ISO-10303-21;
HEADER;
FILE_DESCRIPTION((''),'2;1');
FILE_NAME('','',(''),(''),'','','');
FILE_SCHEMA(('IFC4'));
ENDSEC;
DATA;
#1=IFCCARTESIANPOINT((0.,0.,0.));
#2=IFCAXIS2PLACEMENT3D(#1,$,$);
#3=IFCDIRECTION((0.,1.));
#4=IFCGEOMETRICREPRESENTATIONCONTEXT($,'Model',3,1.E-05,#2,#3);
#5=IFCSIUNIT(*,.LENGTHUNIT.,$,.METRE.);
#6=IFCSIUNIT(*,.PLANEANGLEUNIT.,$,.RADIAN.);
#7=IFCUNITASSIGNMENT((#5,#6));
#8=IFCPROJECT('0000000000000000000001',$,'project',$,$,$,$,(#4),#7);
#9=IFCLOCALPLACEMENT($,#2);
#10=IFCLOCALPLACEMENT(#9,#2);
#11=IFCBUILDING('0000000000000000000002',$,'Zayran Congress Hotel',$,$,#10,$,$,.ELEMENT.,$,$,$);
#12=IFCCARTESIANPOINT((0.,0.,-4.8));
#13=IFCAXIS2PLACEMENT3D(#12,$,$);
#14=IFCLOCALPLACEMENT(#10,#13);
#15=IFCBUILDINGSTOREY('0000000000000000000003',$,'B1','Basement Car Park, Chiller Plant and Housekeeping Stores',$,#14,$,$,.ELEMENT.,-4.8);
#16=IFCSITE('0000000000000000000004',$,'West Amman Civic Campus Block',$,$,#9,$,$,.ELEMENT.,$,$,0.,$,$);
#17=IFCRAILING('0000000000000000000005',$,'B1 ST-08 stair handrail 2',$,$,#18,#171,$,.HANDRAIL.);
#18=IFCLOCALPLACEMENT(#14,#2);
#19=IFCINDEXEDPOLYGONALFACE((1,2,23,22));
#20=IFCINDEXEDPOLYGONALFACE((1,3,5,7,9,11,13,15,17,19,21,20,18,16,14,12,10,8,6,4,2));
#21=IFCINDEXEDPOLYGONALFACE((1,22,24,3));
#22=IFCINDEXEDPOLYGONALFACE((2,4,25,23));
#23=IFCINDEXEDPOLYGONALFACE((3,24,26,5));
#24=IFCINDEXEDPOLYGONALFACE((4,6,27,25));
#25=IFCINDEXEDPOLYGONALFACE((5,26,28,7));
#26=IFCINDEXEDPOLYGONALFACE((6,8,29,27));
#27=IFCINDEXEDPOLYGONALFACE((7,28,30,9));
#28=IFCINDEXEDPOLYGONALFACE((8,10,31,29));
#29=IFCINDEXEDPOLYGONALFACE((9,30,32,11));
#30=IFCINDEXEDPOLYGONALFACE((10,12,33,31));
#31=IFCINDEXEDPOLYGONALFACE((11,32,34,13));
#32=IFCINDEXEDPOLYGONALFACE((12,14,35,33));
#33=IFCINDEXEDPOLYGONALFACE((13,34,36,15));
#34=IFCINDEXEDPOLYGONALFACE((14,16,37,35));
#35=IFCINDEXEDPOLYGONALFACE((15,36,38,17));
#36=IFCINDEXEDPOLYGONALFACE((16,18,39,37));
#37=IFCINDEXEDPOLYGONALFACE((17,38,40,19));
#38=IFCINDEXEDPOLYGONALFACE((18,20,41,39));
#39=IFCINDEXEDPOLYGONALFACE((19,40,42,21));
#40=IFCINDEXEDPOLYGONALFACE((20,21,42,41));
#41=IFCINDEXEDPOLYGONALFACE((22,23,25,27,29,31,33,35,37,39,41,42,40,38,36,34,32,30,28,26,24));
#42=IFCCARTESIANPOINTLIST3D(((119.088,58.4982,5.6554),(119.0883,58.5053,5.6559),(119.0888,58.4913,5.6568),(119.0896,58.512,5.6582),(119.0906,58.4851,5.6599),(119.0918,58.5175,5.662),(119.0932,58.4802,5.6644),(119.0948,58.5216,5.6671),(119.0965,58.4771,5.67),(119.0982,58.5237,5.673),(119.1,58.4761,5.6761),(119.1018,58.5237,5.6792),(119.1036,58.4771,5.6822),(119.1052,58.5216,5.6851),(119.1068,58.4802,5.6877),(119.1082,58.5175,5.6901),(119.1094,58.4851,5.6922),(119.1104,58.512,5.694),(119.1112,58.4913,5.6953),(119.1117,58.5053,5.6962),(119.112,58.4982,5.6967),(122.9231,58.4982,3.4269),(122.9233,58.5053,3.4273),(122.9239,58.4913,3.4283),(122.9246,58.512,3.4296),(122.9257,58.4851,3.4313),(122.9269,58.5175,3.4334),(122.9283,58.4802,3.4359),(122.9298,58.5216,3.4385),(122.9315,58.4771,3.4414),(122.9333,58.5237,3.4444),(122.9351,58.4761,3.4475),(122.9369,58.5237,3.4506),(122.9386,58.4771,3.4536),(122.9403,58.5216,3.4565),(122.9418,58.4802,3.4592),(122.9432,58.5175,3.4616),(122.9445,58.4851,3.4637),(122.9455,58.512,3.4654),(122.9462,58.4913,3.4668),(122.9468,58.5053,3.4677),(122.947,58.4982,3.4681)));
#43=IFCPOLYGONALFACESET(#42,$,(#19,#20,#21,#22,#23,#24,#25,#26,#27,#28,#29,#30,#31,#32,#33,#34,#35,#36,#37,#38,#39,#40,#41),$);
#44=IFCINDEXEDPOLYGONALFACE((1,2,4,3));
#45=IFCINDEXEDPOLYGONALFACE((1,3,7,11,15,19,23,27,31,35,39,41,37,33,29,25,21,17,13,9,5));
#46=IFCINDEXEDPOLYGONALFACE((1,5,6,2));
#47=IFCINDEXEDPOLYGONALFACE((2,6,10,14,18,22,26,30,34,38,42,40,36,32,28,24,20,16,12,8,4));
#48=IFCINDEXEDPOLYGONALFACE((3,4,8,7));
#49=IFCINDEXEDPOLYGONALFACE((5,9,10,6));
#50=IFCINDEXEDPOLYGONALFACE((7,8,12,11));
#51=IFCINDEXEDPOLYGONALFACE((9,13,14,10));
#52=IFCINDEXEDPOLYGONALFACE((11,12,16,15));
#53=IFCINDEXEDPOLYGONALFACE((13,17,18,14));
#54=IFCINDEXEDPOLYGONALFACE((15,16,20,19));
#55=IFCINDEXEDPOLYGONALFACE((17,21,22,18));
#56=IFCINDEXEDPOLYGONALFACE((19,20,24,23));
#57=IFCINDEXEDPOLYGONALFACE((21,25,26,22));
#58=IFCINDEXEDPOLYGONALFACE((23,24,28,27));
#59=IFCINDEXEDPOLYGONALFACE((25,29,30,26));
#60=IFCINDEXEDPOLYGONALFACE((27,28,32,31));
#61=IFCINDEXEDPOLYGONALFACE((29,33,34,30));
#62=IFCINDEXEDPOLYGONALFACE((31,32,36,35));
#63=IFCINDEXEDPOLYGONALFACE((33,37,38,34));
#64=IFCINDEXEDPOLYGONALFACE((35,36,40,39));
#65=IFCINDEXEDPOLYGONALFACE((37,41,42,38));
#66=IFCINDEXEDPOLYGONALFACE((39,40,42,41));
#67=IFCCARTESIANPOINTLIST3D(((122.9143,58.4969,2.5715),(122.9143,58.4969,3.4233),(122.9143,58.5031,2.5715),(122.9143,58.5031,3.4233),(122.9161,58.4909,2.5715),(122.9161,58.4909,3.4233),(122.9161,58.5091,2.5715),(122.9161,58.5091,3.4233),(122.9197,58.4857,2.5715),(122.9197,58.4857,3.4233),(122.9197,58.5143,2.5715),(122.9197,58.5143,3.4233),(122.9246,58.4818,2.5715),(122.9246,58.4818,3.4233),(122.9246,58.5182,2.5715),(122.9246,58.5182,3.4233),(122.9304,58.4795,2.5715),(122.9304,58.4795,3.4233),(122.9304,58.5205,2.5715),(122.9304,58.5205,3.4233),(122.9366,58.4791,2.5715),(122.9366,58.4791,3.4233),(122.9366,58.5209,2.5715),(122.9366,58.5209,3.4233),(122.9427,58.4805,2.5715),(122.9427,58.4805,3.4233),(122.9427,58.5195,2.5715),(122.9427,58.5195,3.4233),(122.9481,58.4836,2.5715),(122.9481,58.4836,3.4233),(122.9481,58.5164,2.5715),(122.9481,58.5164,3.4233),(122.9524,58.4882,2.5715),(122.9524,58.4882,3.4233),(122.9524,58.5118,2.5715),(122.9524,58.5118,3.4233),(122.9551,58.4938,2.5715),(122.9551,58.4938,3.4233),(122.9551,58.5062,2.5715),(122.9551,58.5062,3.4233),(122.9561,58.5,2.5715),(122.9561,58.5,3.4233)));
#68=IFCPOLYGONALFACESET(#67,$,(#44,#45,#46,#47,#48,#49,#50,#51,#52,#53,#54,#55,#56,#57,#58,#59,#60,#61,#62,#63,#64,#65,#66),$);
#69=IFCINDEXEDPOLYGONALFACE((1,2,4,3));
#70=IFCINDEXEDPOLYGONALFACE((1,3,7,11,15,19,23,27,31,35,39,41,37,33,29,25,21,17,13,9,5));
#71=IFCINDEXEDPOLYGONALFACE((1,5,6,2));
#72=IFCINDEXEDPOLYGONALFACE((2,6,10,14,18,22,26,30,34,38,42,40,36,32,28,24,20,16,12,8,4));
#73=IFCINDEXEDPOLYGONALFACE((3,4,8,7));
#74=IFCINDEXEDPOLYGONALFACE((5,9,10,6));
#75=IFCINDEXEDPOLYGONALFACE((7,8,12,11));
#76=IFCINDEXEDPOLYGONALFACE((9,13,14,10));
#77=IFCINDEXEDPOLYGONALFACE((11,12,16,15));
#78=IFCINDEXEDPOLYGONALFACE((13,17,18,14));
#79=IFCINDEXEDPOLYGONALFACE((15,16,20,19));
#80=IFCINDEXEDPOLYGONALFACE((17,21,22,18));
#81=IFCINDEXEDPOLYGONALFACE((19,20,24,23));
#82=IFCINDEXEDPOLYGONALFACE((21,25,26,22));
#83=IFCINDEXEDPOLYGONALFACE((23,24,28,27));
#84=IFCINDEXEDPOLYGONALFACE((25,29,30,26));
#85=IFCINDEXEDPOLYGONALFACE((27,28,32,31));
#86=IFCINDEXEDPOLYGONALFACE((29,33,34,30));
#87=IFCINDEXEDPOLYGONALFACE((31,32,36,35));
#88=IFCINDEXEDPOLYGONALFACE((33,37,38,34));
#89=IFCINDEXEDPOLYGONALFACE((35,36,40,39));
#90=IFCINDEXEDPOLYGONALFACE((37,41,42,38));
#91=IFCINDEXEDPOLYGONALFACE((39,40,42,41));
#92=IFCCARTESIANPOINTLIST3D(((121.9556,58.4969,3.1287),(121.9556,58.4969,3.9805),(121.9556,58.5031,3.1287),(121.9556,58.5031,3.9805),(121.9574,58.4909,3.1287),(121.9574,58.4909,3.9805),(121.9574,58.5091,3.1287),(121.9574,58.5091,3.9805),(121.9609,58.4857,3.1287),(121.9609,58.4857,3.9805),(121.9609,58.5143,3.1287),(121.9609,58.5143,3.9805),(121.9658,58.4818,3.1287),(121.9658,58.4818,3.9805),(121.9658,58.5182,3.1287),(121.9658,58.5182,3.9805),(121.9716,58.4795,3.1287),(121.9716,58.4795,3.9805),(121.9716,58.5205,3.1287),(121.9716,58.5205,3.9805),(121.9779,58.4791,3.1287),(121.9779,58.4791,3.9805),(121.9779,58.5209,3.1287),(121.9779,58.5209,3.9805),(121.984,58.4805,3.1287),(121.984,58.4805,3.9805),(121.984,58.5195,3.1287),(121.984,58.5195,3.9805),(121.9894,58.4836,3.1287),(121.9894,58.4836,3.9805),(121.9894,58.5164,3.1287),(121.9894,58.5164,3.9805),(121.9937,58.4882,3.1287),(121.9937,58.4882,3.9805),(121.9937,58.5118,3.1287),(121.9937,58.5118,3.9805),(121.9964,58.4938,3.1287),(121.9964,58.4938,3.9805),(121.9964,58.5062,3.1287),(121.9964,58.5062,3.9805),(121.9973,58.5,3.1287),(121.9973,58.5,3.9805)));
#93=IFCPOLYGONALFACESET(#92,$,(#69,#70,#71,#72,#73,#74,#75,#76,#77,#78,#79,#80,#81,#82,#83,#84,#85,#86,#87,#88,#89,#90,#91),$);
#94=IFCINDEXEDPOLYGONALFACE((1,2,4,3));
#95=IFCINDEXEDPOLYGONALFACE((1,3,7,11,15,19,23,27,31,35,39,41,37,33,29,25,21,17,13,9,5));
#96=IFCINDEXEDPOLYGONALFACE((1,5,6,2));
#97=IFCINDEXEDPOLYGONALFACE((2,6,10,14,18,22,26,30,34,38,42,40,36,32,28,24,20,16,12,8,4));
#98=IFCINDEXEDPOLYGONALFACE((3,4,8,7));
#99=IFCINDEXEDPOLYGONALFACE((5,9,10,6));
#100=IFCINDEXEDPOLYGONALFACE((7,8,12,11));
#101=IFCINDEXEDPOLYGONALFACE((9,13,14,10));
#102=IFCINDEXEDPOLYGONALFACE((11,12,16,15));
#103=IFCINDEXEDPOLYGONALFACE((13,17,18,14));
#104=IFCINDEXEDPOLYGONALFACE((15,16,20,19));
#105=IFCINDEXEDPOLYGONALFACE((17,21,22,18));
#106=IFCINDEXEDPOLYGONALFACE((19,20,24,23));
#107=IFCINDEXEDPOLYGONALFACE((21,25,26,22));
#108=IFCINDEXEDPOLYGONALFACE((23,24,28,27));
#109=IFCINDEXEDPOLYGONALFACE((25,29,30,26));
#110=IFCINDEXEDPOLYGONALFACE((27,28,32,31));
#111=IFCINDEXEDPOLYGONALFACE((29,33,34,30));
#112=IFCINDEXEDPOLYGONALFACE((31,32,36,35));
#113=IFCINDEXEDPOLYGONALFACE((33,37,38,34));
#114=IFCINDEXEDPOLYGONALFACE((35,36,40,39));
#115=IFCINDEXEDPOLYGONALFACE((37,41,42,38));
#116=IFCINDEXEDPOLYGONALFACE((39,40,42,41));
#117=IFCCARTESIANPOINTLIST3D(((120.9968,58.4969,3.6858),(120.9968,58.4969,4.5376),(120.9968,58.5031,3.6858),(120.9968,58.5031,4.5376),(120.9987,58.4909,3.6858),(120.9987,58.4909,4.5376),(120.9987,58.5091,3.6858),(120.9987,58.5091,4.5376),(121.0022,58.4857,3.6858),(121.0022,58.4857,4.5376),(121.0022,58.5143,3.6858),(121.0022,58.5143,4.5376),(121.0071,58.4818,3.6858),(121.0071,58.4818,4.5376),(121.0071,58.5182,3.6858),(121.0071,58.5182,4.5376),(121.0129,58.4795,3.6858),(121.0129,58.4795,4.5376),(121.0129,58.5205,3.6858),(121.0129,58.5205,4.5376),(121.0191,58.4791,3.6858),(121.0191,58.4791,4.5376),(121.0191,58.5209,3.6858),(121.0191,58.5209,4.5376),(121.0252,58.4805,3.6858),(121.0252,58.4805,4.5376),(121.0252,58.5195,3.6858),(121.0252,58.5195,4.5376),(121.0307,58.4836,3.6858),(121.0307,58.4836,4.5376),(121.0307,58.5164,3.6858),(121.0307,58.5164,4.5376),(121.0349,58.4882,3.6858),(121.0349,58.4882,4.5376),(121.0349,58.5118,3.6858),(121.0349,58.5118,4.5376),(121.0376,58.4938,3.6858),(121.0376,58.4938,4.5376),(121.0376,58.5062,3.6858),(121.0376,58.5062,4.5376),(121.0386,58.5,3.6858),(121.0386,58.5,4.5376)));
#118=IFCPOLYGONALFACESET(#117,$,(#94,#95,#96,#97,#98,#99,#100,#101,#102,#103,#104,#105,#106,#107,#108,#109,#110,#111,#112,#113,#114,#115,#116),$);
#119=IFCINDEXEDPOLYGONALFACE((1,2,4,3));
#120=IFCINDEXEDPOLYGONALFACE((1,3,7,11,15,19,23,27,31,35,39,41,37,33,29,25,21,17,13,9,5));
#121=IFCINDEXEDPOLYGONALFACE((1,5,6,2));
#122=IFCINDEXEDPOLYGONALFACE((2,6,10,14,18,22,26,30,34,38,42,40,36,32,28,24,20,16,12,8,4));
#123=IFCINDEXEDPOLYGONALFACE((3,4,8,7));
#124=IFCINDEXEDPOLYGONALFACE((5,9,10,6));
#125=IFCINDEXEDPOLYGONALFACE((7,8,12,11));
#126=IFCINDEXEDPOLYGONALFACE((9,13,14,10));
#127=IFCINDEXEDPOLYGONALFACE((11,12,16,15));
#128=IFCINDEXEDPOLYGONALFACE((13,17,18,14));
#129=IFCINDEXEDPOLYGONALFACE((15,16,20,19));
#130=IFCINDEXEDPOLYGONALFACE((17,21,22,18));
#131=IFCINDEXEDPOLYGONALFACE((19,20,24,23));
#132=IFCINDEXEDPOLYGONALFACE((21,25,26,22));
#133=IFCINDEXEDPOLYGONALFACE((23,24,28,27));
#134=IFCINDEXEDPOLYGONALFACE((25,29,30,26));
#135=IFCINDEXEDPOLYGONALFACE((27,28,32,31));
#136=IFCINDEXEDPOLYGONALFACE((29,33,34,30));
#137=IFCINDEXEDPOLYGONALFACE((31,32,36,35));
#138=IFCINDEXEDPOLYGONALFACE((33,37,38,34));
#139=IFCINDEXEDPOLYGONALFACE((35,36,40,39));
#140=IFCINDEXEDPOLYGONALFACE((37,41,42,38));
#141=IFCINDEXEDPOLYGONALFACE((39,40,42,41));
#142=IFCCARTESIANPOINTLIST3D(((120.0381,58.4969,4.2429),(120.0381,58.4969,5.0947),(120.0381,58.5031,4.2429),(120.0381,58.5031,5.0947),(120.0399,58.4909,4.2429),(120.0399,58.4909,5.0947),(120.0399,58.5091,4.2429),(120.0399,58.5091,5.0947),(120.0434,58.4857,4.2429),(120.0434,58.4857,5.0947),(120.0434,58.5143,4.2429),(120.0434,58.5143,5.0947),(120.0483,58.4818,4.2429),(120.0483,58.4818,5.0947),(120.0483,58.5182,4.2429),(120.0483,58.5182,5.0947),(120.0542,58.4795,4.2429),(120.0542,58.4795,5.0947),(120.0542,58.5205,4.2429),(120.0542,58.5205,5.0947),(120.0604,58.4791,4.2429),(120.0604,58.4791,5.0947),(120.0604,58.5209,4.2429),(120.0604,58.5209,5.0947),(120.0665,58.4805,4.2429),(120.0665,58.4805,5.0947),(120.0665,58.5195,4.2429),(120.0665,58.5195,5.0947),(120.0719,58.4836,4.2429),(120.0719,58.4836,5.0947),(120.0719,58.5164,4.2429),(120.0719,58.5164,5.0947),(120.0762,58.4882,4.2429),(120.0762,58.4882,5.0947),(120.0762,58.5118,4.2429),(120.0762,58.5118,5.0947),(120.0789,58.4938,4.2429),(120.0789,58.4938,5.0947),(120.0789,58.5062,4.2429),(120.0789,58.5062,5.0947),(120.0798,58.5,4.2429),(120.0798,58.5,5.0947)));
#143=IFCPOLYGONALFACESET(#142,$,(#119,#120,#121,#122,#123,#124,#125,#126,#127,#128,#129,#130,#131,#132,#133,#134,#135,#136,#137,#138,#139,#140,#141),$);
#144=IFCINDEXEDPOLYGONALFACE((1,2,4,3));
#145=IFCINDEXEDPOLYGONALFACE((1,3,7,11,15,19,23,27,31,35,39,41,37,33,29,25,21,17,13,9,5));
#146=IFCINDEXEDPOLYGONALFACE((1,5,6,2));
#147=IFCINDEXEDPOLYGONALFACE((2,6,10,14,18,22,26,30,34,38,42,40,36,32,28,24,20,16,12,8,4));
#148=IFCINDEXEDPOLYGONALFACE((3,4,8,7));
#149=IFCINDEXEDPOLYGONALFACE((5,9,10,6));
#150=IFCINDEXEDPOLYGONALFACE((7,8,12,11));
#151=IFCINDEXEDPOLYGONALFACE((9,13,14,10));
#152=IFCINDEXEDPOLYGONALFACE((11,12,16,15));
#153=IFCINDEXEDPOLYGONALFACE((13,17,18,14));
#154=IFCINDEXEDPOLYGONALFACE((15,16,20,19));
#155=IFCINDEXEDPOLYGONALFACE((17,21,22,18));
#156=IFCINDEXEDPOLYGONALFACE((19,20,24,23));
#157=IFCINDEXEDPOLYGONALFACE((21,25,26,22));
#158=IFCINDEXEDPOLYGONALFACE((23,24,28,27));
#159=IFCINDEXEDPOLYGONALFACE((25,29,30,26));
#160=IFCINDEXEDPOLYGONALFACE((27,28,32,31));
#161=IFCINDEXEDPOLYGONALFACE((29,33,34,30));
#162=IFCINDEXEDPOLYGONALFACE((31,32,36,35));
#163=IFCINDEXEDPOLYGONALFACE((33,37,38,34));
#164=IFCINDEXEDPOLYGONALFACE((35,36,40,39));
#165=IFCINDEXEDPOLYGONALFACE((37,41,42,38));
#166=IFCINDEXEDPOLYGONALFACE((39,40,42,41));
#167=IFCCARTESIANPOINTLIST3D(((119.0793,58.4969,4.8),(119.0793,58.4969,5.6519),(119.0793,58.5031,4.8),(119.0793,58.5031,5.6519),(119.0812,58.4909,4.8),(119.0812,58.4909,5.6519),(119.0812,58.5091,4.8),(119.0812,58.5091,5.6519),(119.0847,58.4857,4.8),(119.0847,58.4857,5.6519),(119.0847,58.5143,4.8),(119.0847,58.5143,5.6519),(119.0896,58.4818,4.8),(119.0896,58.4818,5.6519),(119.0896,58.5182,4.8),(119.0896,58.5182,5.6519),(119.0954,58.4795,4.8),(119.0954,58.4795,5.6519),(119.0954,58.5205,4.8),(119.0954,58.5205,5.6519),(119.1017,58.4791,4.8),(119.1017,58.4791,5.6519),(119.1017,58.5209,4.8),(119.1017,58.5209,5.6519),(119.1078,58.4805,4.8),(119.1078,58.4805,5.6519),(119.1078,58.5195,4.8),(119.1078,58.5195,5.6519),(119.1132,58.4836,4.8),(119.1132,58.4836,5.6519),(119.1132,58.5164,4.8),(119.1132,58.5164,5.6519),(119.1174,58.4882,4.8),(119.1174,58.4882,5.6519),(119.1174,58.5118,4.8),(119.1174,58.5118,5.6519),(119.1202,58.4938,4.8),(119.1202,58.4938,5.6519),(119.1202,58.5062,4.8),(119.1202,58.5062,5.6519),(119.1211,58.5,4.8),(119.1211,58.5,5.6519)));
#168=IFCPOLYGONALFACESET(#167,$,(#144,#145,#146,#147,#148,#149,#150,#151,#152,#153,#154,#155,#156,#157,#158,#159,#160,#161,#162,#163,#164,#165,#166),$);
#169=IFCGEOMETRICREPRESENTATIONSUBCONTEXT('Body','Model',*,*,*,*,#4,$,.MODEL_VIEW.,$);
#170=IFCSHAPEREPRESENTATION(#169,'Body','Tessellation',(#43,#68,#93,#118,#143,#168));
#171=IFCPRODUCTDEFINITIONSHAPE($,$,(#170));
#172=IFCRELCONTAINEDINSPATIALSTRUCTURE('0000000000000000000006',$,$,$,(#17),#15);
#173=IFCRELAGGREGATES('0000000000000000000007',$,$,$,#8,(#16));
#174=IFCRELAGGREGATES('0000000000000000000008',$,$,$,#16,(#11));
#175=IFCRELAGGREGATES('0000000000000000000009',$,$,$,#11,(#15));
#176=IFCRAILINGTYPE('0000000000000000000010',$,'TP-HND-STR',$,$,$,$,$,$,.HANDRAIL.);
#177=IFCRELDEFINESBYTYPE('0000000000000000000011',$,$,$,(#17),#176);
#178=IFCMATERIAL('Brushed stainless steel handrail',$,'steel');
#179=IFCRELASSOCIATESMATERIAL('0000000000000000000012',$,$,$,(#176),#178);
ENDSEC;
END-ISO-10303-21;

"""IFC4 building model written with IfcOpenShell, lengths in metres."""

from ifc_helpers import new_model, si_unit, direction, frame, origin, origin_2d, place, context, subcontext, project, spatial, circle, extrude, material, type_object, element, save


model = new_model("IFC4")

# Units and contexts
model_context = context("Model", 3, precision=1e-05, world=origin(), true_north=direction((0.0, 1.0)))
body_context = subcontext(model_context, "Body", "Model", "MODEL_VIEW")
ifc_project = project(units=[si_unit("LENGTHUNIT", "METRE"), si_unit("PLANEANGLEUNIT", "RADIAN")], contexts=[model_context])

# Site, building, storey
site_placement = place(None, origin())
site = spatial("IfcSite", under=ifc_project, at=site_placement, Name="West Amman Civic Campus Block", CompositionType="ELEMENT", RefElevation=0.0)
building_placement = place(site_placement, origin())
building = spatial("IfcBuilding", under=site, at=building_placement, Name="Zayran Congress Hotel", CompositionType="ELEMENT")
storey_placement = place(building_placement, frame((0.0, 0.0, -4.8)))
storey = spatial("IfcBuildingStorey", under=building, at=storey_placement, Name="B1", Description="Basement Car Park, Chiller Plant and Housekeeping Stores", CompositionType="ELEMENT", Elevation=-4.8)

# Railing
ifc_material_1 = material(Name="Brushed stainless steel handrail", Category="steel")
railing_type_1 = type_object("IfcRailingType", Name="TP-HND-STR", PredefinedType="HANDRAIL", material=ifc_material_1)
railing_1_placement = place(storey_placement, frame((122.9351, 58.5, 2.5715)))
element("IfcRailing", 1, at=railing_1_placement, inside=storey, type_object=railing_type_1, Name="B1 ST-08 stair handrail 2", PredefinedType="HANDRAIL", context=body_context, shape_type="SweptSolid", body=[
    extrude(circle(Radius=0.0239, at=origin_2d()), frame((0.0, 0.0, 0.876), z_axis=(-0.864616, 0.0, 0.502433), x_axis=(0.0, -1.0, 0.0)), (0.0, 0.0, 1.0), 4.4355),
    extrude(circle(Radius=0.021, at=origin_2d()), origin(), (0.0, 0.0, 1.0), 0.8518),
    extrude(circle(Radius=0.021, at=origin_2d()), frame((-0.9587, 0.0, 0.5571)), (0.0, 0.0, 1.0), 0.8518),
    extrude(circle(Radius=0.021, at=origin_2d()), frame((-1.9175, 0.0, 1.1143)), (0.0, 0.0, 1.0), 0.8518),
    extrude(circle(Radius=0.021, at=origin_2d()), frame((-2.8762, 0.0, 1.6714)), (0.0, 0.0, 1.0), 0.8518),
    extrude(circle(Radius=0.021, at=origin_2d()), frame((-3.835, 0.0, 2.2285)), (0.0, 0.0, 1.0), 0.8518),
])

save(model, "model.ifc")
